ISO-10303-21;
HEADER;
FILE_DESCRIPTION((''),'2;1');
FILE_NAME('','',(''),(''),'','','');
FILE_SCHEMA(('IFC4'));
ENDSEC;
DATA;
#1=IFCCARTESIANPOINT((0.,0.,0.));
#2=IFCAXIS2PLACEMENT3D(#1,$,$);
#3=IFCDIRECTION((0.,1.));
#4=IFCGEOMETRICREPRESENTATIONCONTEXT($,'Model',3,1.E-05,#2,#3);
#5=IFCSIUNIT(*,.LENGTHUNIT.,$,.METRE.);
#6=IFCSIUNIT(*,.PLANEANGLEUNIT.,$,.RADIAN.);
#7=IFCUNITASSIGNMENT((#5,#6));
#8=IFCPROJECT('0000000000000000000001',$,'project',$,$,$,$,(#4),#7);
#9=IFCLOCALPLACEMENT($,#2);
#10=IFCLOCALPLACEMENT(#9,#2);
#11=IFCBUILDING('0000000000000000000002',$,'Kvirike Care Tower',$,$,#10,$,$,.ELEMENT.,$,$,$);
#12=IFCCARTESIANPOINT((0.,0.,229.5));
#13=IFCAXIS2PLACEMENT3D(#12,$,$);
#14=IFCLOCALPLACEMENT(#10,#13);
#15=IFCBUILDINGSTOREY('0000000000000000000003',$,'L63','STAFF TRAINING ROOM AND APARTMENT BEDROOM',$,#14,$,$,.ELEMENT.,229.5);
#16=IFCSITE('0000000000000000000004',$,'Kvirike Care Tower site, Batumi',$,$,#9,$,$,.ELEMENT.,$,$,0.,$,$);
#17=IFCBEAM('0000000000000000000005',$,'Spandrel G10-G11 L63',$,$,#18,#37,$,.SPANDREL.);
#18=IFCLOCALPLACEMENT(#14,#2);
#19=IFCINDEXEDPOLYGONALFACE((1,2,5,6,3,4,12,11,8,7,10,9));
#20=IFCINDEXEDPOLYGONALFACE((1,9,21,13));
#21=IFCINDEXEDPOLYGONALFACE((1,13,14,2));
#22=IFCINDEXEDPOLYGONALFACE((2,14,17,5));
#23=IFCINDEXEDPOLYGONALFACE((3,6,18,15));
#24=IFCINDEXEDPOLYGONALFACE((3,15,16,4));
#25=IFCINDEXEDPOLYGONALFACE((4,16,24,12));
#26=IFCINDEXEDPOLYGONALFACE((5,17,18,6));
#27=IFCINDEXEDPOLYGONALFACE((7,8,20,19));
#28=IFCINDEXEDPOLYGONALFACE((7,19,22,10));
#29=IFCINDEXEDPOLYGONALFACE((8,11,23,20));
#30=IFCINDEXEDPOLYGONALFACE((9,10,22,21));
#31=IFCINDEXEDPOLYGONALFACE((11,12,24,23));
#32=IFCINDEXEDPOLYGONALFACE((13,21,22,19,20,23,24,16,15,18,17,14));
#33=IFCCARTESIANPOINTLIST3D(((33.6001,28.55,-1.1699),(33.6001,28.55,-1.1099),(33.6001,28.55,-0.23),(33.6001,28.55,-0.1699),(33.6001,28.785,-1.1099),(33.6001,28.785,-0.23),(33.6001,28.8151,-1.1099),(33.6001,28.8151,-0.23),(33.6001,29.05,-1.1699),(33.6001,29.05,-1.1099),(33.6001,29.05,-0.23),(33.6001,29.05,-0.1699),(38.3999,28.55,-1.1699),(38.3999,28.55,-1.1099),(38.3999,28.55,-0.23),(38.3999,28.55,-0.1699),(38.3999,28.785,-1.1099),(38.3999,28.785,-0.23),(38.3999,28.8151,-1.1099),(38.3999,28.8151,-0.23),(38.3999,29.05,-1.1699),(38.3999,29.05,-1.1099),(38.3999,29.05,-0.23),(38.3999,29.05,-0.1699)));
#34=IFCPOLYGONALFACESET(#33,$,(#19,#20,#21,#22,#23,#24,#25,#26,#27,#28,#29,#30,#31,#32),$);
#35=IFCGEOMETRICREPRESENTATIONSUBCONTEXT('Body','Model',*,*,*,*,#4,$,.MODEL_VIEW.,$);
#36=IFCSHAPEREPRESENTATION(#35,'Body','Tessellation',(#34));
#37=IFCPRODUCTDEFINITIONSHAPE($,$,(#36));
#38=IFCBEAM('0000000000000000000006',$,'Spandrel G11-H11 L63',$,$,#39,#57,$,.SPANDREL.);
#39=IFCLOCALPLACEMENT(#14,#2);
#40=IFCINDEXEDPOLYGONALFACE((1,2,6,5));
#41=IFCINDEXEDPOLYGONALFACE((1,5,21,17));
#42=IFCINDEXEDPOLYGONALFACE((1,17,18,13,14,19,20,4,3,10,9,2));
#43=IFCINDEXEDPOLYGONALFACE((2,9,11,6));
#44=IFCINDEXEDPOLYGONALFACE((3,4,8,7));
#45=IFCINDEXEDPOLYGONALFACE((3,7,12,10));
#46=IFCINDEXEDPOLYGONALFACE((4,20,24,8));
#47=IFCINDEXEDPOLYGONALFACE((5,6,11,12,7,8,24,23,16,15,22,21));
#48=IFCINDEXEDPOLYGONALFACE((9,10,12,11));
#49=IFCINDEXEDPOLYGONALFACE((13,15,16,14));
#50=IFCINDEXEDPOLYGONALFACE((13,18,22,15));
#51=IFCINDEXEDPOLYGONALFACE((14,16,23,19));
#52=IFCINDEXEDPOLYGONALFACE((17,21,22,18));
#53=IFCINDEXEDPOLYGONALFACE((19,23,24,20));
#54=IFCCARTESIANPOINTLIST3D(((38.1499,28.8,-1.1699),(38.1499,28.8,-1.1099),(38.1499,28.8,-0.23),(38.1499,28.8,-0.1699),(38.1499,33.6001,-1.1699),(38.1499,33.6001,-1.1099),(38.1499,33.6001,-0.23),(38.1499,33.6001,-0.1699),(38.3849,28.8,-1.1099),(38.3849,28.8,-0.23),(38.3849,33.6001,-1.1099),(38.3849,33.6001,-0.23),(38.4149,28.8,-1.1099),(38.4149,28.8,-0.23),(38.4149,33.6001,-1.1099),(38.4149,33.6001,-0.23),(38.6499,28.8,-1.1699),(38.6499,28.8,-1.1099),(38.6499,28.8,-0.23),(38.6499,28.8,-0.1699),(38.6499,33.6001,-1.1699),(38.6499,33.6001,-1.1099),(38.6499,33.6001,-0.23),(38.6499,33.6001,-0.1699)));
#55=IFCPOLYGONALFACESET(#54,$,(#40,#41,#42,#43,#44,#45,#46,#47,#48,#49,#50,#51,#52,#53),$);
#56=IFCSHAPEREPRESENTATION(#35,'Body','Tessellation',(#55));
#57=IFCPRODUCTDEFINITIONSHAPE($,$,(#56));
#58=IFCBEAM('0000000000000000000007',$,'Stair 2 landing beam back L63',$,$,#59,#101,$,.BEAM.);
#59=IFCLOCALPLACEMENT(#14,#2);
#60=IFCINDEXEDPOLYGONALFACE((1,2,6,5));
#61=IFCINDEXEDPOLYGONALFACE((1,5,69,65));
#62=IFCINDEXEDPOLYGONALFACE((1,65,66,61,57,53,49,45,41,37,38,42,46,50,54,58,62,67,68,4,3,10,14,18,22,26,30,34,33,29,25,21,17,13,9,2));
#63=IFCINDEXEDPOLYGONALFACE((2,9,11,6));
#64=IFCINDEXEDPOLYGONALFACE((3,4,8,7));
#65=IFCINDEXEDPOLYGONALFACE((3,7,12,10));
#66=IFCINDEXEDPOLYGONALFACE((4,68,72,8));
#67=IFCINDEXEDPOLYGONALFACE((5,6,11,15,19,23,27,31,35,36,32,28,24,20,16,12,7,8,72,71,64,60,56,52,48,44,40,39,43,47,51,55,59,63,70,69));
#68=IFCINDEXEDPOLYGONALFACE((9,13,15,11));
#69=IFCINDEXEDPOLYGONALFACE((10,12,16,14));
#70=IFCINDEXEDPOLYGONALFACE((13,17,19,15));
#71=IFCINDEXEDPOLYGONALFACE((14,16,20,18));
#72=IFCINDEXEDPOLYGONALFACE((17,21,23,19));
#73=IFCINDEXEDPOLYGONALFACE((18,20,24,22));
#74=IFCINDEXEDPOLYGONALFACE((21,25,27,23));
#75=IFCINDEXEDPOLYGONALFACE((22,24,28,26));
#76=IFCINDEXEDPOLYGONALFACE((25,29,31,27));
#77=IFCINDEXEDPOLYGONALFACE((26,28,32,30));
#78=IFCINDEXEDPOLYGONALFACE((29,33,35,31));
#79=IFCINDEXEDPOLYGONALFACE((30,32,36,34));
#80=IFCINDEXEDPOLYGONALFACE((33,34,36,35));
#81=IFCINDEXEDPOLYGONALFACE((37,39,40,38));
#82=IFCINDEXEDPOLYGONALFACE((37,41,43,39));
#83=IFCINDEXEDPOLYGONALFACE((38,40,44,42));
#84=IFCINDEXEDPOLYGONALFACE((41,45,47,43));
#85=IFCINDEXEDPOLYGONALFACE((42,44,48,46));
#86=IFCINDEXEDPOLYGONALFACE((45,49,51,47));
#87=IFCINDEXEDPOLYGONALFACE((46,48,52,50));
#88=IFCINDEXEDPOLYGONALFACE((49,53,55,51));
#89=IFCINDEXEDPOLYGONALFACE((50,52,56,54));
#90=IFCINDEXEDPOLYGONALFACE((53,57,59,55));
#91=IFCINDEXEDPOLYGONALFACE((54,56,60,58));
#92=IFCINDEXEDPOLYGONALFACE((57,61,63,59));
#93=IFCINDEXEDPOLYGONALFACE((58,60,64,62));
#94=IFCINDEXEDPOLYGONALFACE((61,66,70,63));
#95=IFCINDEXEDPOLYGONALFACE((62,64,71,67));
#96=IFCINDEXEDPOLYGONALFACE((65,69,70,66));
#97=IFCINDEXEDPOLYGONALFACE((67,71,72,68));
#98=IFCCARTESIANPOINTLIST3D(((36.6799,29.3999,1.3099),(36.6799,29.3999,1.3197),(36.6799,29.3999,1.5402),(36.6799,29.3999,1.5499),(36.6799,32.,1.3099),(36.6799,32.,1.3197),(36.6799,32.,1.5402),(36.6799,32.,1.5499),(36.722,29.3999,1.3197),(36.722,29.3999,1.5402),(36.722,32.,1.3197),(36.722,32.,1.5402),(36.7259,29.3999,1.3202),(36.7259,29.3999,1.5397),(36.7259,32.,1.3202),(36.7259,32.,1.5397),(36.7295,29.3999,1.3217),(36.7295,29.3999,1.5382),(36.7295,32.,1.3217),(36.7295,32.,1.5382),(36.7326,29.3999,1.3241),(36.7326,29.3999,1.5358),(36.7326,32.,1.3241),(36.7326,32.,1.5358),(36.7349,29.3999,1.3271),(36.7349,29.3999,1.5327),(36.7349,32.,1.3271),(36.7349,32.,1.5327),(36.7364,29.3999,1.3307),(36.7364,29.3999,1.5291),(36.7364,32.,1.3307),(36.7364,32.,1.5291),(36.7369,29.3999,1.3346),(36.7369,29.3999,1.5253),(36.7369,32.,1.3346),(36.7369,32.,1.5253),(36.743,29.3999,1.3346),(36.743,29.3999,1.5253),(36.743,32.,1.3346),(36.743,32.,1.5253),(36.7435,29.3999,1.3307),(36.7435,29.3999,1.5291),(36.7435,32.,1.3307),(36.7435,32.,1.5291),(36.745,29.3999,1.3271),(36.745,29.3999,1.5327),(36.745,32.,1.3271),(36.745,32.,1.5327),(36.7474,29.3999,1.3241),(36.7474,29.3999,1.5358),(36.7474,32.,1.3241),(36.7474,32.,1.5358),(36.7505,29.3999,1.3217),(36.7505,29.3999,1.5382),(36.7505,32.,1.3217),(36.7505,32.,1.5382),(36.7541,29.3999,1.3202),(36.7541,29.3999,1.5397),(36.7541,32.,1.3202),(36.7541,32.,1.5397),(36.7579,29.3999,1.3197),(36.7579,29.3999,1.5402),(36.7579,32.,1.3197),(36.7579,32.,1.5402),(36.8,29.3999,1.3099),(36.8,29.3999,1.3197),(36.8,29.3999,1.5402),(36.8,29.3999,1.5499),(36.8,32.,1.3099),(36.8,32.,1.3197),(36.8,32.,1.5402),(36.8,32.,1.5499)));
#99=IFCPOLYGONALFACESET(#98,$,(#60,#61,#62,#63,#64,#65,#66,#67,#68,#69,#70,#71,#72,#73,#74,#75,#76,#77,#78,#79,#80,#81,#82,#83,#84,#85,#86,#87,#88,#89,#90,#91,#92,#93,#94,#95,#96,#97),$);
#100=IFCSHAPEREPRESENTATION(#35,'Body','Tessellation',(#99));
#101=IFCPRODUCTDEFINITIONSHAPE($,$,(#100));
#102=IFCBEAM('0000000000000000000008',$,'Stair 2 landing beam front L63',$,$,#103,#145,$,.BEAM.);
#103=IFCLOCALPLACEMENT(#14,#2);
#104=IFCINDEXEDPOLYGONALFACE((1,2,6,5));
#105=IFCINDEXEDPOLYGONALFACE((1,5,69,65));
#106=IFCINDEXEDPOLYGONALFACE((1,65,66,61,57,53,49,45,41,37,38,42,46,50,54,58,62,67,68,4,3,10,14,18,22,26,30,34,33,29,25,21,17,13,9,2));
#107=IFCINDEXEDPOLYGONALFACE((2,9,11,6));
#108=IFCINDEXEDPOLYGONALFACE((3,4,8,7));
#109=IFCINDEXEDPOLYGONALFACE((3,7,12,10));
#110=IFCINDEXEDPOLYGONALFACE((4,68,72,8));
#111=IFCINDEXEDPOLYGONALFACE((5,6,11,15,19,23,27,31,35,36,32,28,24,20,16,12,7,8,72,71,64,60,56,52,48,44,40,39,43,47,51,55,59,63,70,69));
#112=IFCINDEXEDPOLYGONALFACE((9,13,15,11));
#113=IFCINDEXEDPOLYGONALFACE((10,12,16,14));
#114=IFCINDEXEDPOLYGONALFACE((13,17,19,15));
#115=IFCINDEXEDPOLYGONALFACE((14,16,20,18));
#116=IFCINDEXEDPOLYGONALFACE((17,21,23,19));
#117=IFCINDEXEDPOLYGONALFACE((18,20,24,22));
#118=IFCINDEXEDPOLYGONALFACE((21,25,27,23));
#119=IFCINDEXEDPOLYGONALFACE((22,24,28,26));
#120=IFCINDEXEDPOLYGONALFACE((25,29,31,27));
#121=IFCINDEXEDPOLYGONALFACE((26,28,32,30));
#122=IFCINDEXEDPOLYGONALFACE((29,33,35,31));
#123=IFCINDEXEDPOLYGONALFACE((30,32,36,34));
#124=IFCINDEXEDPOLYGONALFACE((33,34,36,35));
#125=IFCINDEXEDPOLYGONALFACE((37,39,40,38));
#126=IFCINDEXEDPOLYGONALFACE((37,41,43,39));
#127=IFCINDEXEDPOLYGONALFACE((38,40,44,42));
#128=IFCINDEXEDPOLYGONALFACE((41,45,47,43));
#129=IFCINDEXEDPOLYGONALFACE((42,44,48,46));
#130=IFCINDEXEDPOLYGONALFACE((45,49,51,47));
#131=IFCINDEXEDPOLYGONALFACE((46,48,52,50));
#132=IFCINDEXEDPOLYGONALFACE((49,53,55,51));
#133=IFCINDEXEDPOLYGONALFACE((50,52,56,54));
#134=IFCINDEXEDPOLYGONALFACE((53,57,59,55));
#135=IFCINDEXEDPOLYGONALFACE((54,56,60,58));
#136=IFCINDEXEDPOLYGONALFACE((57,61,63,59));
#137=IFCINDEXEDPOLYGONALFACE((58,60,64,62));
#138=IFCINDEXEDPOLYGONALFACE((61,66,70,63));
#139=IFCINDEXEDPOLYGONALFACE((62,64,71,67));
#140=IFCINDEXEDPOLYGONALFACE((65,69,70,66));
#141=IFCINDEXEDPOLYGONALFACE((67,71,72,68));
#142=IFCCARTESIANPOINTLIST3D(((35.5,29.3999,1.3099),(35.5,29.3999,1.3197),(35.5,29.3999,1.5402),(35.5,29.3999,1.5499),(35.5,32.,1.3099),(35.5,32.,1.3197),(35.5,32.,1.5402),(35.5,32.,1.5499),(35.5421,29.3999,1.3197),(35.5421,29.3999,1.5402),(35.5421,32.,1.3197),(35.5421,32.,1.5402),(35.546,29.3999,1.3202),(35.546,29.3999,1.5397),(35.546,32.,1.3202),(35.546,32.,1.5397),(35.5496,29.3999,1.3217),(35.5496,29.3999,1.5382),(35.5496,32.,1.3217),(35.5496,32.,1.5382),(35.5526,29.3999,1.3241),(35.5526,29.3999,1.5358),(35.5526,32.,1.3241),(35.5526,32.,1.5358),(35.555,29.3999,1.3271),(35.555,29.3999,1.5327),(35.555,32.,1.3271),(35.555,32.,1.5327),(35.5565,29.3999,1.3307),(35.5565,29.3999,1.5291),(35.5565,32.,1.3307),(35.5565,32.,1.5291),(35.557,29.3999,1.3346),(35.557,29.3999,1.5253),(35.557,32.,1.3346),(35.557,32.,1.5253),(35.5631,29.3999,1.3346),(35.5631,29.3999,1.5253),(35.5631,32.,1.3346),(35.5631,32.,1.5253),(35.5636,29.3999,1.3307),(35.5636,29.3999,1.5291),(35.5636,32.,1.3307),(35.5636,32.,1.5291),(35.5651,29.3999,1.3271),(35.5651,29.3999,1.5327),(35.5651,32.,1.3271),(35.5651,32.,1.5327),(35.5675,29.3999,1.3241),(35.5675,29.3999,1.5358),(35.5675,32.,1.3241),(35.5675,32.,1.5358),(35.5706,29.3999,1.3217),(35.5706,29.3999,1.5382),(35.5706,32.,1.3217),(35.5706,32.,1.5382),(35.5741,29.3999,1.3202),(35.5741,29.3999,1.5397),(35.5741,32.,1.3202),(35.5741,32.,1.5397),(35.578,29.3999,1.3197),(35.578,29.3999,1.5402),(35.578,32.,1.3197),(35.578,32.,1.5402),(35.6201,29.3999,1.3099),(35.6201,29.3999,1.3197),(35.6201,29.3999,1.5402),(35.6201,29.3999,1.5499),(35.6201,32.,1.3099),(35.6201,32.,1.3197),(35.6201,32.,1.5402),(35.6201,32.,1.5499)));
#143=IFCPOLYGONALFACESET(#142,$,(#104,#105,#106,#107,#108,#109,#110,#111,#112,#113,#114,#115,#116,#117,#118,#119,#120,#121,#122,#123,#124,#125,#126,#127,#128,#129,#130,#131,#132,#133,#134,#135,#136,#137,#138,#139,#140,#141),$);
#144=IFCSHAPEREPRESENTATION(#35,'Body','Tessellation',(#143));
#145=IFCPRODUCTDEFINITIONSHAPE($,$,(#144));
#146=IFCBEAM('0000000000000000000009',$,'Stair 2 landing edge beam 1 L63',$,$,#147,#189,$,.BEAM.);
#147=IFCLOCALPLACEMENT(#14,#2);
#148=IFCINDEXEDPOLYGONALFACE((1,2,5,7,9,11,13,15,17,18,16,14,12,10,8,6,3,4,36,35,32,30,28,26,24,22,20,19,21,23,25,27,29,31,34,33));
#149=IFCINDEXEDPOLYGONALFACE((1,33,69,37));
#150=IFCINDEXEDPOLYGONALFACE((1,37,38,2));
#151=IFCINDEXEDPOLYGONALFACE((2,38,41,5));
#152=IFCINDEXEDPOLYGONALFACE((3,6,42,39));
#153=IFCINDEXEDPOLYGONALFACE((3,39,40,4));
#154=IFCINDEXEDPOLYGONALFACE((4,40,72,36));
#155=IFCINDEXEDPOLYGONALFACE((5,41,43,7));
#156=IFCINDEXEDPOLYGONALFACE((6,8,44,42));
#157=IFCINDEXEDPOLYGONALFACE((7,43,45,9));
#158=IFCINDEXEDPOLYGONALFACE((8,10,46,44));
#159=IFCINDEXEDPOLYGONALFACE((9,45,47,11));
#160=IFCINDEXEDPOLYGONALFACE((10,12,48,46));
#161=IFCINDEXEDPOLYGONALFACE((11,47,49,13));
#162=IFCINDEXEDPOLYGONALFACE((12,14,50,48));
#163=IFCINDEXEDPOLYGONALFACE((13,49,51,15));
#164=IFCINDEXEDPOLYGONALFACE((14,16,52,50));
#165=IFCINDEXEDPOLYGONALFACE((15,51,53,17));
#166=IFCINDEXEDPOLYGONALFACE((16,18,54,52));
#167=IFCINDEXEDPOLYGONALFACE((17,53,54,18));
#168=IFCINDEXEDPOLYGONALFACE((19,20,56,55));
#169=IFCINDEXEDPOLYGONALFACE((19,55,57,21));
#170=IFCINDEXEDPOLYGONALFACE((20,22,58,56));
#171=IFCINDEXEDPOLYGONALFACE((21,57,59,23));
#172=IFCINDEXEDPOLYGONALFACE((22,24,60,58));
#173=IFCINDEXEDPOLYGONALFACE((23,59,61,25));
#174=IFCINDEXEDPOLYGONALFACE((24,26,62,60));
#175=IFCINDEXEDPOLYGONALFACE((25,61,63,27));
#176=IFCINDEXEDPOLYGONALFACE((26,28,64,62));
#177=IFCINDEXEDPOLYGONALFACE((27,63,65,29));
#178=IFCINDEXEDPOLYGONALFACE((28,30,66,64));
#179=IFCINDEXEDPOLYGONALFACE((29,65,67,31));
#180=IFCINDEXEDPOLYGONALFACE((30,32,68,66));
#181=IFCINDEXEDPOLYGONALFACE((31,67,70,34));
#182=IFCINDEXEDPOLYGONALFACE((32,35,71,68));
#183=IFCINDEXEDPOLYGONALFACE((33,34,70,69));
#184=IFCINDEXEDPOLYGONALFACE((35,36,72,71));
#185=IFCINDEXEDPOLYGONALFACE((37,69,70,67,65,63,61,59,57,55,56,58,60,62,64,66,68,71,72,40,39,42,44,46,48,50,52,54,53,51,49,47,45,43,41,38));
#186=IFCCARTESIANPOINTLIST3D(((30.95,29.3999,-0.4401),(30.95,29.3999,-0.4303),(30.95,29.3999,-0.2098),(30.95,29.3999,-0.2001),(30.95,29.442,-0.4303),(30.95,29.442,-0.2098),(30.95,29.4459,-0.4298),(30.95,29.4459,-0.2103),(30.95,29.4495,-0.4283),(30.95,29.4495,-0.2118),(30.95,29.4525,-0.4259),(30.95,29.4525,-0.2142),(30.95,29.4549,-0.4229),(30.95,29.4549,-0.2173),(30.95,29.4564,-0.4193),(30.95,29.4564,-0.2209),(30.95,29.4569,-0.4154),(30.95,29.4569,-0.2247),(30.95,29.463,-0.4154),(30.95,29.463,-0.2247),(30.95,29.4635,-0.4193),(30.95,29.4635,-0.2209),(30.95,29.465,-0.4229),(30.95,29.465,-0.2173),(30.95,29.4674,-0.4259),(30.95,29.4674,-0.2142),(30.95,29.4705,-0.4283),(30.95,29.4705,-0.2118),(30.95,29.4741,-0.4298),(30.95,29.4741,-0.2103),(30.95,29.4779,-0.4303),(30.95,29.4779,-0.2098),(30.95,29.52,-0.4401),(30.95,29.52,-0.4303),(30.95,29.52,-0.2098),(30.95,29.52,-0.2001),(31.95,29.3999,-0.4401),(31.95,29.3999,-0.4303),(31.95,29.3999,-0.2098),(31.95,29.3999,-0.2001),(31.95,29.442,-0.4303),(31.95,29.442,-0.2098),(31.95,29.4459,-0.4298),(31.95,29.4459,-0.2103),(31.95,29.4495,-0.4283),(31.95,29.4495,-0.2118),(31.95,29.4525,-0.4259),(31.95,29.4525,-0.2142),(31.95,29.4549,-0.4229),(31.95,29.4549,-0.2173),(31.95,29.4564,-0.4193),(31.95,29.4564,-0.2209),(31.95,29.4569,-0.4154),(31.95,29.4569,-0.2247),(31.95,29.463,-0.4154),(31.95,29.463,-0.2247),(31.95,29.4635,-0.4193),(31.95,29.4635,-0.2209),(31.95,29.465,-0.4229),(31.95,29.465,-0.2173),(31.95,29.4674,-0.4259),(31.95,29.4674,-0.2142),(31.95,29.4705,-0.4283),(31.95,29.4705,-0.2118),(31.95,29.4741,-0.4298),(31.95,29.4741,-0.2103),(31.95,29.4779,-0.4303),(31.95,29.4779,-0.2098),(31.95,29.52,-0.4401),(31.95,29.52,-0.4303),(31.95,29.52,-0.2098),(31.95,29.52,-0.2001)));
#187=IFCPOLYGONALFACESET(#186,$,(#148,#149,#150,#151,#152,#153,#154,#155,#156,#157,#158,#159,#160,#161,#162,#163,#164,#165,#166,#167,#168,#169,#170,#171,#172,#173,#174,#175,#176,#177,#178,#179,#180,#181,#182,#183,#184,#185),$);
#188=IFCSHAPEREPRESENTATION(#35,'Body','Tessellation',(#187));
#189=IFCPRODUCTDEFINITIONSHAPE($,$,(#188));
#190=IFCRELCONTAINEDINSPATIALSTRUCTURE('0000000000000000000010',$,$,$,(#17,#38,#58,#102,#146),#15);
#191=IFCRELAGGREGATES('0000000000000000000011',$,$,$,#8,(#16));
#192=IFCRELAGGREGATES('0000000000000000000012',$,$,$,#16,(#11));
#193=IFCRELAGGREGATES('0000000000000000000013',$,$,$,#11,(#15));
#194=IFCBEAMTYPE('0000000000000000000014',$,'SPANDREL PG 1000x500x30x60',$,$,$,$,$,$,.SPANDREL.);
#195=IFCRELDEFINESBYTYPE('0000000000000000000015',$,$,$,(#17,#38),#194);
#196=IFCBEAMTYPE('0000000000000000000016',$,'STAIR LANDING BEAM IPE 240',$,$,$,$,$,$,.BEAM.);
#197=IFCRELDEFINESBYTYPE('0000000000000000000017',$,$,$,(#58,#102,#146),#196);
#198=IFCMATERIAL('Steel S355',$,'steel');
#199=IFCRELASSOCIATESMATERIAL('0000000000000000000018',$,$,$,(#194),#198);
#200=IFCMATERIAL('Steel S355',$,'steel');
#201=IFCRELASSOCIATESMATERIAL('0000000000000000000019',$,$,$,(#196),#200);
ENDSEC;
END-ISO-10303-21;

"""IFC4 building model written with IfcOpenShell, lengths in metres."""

from ifc_helpers import new_model, si_unit, direction, frame, origin, origin_2d, place, context, subcontext, project, spatial, i_section, extrude, material, material_profile, profile_set, type_object, element, save


model = new_model("IFC4")

# Units and contexts
model_context = context("Model", 3, precision=1e-05, world=origin(), true_north=direction((0.0, 1.0)))
body_context = subcontext(model_context, "Body", "Model", "MODEL_VIEW")
ifc_project = project(units=[si_unit("LENGTHUNIT", "METRE"), si_unit("PLANEANGLEUNIT", "RADIAN")], contexts=[model_context])

# Site, building, storey
site_placement = place(None, origin())
site = spatial("IfcSite", under=ifc_project, at=site_placement, Name="Kvirike Care Tower site, Batumi", CompositionType="ELEMENT", RefElevation=0.0)
building_placement = place(site_placement, origin())
building = spatial("IfcBuilding", under=site, at=building_placement, Name="Kvirike Care Tower", CompositionType="ELEMENT")
storey_placement = place(building_placement, frame((0.0, 0.0, 229.5)))
storey = spatial("IfcBuildingStorey", under=building, at=storey_placement, Name="L63", Description="STAFF TRAINING ROOM AND APARTMENT BEDROOM", CompositionType="ELEMENT", Elevation=229.5)

# Beams
ifc_material_1 = material(Name="Steel S355", Category="steel")
ifc_material_profile_1 = material_profile(ifc_material_1, i_section(OverallWidth=0.5, OverallDepth=1.0, WebThickness=0.03, FlangeThickness=0.0601, at=origin_2d()), Name="PG 1000x500x30x60")
ifc_profile_set_1 = profile_set([ifc_material_profile_1], Name="Steel S355")
beam_type_1 = type_object("IfcBeamType", Name="SPANDREL PG 1000x500x30x60", PredefinedType="SPANDREL", material=ifc_profile_set_1)
beam_1_placement = place(storey_placement, frame((33.6001, 28.8, -0.6699), z_axis=(1.0, 0.0, 0.0), x_axis=(0.0, 1.0, 0.0)))
element("IfcBeam", 1, at=beam_1_placement, inside=storey, type_object=beam_type_1, Name="Spandrel G10-G11 L63", PredefinedType="SPANDREL", context=body_context, shape_type="SweptSolid", body=[
    extrude(i_section(OverallWidth=0.5, OverallDepth=1.0, WebThickness=0.03, FlangeThickness=0.0601, at=origin_2d()), origin(), (0.0, 0.0, 1.0), 4.7998),
])
beam_2_placement = place(storey_placement, frame((38.3999, 28.8, -0.6699), z_axis=(0.0, 1.0, 0.0), x_axis=(-1.0, 0.0, 0.0)))
element("IfcBeam", 2, at=beam_2_placement, inside=storey, type_object=beam_type_1, Name="Spandrel G11-H11 L63", PredefinedType="SPANDREL", context=body_context, shape_type="SweptSolid", body=[
    extrude(i_section(OverallWidth=0.5, OverallDepth=1.0, WebThickness=0.03, FlangeThickness=0.0601, at=origin_2d()), origin(), (0.0, 0.0, 1.0), 4.8),
])
ifc_material_2 = material(Name="Steel S355", Category="steel")
ifc_material_profile_2 = material_profile(ifc_material_2, i_section(OverallWidth=0.1201, OverallDepth=0.24, WebThickness=0.0061, FlangeThickness=0.0098, FilletRadius=0.0149, at=origin_2d()), Name="IPE 240")
ifc_profile_set_2 = profile_set([ifc_material_profile_2], Name="Steel S355")
beam_type_2 = type_object("IfcBeamType", Name="STAIR LANDING BEAM IPE 240", PredefinedType="BEAM", material=ifc_profile_set_2)
for number, where, z_axis, x_axis, name in (
    (3, (36.74, 29.3999, 1.4299), (0.0, 1.0, 0.0), (-1.0, 0.0, 0.0), "Stair 2 landing beam back L63"),
    (4, (35.5601, 29.3999, 1.4299), (0.0, 1.0, 0.0), (-1.0, 0.0, 0.0), "Stair 2 landing beam front L63"),
):
    element("IfcBeam", number, at=place(storey_placement, frame(where, z_axis=z_axis, x_axis=x_axis)), inside=storey, type_object=beam_type_2, Name=name, PredefinedType="BEAM", context=body_context, shape_type="SweptSolid", body=[
        extrude(i_section(OverallWidth=0.1201, OverallDepth=0.24, WebThickness=0.0061, FlangeThickness=0.0098, FilletRadius=0.0149, at=origin_2d()), origin(), (0.0, 0.0, 1.0), 2.6001),
    ])
beam_3_placement = place(storey_placement, frame((31.95, 29.46, -0.3201), z_axis=(-1.0, 0.0, 0.0), x_axis=(0.0, -1.0, 0.0)))
element("IfcBeam", 5, at=beam_3_placement, inside=storey, type_object=beam_type_2, Name="Stair 2 landing edge beam 1 L63", PredefinedType="BEAM", context=body_context, shape_type="SweptSolid", body=[
    extrude(i_section(OverallWidth=0.1201, OverallDepth=0.24, WebThickness=0.0061, FlangeThickness=0.0098, FilletRadius=0.0149, at=origin_2d()), origin(), (0.0, 0.0, 1.0), 1.0),
])

save(model, "model.ifc")
